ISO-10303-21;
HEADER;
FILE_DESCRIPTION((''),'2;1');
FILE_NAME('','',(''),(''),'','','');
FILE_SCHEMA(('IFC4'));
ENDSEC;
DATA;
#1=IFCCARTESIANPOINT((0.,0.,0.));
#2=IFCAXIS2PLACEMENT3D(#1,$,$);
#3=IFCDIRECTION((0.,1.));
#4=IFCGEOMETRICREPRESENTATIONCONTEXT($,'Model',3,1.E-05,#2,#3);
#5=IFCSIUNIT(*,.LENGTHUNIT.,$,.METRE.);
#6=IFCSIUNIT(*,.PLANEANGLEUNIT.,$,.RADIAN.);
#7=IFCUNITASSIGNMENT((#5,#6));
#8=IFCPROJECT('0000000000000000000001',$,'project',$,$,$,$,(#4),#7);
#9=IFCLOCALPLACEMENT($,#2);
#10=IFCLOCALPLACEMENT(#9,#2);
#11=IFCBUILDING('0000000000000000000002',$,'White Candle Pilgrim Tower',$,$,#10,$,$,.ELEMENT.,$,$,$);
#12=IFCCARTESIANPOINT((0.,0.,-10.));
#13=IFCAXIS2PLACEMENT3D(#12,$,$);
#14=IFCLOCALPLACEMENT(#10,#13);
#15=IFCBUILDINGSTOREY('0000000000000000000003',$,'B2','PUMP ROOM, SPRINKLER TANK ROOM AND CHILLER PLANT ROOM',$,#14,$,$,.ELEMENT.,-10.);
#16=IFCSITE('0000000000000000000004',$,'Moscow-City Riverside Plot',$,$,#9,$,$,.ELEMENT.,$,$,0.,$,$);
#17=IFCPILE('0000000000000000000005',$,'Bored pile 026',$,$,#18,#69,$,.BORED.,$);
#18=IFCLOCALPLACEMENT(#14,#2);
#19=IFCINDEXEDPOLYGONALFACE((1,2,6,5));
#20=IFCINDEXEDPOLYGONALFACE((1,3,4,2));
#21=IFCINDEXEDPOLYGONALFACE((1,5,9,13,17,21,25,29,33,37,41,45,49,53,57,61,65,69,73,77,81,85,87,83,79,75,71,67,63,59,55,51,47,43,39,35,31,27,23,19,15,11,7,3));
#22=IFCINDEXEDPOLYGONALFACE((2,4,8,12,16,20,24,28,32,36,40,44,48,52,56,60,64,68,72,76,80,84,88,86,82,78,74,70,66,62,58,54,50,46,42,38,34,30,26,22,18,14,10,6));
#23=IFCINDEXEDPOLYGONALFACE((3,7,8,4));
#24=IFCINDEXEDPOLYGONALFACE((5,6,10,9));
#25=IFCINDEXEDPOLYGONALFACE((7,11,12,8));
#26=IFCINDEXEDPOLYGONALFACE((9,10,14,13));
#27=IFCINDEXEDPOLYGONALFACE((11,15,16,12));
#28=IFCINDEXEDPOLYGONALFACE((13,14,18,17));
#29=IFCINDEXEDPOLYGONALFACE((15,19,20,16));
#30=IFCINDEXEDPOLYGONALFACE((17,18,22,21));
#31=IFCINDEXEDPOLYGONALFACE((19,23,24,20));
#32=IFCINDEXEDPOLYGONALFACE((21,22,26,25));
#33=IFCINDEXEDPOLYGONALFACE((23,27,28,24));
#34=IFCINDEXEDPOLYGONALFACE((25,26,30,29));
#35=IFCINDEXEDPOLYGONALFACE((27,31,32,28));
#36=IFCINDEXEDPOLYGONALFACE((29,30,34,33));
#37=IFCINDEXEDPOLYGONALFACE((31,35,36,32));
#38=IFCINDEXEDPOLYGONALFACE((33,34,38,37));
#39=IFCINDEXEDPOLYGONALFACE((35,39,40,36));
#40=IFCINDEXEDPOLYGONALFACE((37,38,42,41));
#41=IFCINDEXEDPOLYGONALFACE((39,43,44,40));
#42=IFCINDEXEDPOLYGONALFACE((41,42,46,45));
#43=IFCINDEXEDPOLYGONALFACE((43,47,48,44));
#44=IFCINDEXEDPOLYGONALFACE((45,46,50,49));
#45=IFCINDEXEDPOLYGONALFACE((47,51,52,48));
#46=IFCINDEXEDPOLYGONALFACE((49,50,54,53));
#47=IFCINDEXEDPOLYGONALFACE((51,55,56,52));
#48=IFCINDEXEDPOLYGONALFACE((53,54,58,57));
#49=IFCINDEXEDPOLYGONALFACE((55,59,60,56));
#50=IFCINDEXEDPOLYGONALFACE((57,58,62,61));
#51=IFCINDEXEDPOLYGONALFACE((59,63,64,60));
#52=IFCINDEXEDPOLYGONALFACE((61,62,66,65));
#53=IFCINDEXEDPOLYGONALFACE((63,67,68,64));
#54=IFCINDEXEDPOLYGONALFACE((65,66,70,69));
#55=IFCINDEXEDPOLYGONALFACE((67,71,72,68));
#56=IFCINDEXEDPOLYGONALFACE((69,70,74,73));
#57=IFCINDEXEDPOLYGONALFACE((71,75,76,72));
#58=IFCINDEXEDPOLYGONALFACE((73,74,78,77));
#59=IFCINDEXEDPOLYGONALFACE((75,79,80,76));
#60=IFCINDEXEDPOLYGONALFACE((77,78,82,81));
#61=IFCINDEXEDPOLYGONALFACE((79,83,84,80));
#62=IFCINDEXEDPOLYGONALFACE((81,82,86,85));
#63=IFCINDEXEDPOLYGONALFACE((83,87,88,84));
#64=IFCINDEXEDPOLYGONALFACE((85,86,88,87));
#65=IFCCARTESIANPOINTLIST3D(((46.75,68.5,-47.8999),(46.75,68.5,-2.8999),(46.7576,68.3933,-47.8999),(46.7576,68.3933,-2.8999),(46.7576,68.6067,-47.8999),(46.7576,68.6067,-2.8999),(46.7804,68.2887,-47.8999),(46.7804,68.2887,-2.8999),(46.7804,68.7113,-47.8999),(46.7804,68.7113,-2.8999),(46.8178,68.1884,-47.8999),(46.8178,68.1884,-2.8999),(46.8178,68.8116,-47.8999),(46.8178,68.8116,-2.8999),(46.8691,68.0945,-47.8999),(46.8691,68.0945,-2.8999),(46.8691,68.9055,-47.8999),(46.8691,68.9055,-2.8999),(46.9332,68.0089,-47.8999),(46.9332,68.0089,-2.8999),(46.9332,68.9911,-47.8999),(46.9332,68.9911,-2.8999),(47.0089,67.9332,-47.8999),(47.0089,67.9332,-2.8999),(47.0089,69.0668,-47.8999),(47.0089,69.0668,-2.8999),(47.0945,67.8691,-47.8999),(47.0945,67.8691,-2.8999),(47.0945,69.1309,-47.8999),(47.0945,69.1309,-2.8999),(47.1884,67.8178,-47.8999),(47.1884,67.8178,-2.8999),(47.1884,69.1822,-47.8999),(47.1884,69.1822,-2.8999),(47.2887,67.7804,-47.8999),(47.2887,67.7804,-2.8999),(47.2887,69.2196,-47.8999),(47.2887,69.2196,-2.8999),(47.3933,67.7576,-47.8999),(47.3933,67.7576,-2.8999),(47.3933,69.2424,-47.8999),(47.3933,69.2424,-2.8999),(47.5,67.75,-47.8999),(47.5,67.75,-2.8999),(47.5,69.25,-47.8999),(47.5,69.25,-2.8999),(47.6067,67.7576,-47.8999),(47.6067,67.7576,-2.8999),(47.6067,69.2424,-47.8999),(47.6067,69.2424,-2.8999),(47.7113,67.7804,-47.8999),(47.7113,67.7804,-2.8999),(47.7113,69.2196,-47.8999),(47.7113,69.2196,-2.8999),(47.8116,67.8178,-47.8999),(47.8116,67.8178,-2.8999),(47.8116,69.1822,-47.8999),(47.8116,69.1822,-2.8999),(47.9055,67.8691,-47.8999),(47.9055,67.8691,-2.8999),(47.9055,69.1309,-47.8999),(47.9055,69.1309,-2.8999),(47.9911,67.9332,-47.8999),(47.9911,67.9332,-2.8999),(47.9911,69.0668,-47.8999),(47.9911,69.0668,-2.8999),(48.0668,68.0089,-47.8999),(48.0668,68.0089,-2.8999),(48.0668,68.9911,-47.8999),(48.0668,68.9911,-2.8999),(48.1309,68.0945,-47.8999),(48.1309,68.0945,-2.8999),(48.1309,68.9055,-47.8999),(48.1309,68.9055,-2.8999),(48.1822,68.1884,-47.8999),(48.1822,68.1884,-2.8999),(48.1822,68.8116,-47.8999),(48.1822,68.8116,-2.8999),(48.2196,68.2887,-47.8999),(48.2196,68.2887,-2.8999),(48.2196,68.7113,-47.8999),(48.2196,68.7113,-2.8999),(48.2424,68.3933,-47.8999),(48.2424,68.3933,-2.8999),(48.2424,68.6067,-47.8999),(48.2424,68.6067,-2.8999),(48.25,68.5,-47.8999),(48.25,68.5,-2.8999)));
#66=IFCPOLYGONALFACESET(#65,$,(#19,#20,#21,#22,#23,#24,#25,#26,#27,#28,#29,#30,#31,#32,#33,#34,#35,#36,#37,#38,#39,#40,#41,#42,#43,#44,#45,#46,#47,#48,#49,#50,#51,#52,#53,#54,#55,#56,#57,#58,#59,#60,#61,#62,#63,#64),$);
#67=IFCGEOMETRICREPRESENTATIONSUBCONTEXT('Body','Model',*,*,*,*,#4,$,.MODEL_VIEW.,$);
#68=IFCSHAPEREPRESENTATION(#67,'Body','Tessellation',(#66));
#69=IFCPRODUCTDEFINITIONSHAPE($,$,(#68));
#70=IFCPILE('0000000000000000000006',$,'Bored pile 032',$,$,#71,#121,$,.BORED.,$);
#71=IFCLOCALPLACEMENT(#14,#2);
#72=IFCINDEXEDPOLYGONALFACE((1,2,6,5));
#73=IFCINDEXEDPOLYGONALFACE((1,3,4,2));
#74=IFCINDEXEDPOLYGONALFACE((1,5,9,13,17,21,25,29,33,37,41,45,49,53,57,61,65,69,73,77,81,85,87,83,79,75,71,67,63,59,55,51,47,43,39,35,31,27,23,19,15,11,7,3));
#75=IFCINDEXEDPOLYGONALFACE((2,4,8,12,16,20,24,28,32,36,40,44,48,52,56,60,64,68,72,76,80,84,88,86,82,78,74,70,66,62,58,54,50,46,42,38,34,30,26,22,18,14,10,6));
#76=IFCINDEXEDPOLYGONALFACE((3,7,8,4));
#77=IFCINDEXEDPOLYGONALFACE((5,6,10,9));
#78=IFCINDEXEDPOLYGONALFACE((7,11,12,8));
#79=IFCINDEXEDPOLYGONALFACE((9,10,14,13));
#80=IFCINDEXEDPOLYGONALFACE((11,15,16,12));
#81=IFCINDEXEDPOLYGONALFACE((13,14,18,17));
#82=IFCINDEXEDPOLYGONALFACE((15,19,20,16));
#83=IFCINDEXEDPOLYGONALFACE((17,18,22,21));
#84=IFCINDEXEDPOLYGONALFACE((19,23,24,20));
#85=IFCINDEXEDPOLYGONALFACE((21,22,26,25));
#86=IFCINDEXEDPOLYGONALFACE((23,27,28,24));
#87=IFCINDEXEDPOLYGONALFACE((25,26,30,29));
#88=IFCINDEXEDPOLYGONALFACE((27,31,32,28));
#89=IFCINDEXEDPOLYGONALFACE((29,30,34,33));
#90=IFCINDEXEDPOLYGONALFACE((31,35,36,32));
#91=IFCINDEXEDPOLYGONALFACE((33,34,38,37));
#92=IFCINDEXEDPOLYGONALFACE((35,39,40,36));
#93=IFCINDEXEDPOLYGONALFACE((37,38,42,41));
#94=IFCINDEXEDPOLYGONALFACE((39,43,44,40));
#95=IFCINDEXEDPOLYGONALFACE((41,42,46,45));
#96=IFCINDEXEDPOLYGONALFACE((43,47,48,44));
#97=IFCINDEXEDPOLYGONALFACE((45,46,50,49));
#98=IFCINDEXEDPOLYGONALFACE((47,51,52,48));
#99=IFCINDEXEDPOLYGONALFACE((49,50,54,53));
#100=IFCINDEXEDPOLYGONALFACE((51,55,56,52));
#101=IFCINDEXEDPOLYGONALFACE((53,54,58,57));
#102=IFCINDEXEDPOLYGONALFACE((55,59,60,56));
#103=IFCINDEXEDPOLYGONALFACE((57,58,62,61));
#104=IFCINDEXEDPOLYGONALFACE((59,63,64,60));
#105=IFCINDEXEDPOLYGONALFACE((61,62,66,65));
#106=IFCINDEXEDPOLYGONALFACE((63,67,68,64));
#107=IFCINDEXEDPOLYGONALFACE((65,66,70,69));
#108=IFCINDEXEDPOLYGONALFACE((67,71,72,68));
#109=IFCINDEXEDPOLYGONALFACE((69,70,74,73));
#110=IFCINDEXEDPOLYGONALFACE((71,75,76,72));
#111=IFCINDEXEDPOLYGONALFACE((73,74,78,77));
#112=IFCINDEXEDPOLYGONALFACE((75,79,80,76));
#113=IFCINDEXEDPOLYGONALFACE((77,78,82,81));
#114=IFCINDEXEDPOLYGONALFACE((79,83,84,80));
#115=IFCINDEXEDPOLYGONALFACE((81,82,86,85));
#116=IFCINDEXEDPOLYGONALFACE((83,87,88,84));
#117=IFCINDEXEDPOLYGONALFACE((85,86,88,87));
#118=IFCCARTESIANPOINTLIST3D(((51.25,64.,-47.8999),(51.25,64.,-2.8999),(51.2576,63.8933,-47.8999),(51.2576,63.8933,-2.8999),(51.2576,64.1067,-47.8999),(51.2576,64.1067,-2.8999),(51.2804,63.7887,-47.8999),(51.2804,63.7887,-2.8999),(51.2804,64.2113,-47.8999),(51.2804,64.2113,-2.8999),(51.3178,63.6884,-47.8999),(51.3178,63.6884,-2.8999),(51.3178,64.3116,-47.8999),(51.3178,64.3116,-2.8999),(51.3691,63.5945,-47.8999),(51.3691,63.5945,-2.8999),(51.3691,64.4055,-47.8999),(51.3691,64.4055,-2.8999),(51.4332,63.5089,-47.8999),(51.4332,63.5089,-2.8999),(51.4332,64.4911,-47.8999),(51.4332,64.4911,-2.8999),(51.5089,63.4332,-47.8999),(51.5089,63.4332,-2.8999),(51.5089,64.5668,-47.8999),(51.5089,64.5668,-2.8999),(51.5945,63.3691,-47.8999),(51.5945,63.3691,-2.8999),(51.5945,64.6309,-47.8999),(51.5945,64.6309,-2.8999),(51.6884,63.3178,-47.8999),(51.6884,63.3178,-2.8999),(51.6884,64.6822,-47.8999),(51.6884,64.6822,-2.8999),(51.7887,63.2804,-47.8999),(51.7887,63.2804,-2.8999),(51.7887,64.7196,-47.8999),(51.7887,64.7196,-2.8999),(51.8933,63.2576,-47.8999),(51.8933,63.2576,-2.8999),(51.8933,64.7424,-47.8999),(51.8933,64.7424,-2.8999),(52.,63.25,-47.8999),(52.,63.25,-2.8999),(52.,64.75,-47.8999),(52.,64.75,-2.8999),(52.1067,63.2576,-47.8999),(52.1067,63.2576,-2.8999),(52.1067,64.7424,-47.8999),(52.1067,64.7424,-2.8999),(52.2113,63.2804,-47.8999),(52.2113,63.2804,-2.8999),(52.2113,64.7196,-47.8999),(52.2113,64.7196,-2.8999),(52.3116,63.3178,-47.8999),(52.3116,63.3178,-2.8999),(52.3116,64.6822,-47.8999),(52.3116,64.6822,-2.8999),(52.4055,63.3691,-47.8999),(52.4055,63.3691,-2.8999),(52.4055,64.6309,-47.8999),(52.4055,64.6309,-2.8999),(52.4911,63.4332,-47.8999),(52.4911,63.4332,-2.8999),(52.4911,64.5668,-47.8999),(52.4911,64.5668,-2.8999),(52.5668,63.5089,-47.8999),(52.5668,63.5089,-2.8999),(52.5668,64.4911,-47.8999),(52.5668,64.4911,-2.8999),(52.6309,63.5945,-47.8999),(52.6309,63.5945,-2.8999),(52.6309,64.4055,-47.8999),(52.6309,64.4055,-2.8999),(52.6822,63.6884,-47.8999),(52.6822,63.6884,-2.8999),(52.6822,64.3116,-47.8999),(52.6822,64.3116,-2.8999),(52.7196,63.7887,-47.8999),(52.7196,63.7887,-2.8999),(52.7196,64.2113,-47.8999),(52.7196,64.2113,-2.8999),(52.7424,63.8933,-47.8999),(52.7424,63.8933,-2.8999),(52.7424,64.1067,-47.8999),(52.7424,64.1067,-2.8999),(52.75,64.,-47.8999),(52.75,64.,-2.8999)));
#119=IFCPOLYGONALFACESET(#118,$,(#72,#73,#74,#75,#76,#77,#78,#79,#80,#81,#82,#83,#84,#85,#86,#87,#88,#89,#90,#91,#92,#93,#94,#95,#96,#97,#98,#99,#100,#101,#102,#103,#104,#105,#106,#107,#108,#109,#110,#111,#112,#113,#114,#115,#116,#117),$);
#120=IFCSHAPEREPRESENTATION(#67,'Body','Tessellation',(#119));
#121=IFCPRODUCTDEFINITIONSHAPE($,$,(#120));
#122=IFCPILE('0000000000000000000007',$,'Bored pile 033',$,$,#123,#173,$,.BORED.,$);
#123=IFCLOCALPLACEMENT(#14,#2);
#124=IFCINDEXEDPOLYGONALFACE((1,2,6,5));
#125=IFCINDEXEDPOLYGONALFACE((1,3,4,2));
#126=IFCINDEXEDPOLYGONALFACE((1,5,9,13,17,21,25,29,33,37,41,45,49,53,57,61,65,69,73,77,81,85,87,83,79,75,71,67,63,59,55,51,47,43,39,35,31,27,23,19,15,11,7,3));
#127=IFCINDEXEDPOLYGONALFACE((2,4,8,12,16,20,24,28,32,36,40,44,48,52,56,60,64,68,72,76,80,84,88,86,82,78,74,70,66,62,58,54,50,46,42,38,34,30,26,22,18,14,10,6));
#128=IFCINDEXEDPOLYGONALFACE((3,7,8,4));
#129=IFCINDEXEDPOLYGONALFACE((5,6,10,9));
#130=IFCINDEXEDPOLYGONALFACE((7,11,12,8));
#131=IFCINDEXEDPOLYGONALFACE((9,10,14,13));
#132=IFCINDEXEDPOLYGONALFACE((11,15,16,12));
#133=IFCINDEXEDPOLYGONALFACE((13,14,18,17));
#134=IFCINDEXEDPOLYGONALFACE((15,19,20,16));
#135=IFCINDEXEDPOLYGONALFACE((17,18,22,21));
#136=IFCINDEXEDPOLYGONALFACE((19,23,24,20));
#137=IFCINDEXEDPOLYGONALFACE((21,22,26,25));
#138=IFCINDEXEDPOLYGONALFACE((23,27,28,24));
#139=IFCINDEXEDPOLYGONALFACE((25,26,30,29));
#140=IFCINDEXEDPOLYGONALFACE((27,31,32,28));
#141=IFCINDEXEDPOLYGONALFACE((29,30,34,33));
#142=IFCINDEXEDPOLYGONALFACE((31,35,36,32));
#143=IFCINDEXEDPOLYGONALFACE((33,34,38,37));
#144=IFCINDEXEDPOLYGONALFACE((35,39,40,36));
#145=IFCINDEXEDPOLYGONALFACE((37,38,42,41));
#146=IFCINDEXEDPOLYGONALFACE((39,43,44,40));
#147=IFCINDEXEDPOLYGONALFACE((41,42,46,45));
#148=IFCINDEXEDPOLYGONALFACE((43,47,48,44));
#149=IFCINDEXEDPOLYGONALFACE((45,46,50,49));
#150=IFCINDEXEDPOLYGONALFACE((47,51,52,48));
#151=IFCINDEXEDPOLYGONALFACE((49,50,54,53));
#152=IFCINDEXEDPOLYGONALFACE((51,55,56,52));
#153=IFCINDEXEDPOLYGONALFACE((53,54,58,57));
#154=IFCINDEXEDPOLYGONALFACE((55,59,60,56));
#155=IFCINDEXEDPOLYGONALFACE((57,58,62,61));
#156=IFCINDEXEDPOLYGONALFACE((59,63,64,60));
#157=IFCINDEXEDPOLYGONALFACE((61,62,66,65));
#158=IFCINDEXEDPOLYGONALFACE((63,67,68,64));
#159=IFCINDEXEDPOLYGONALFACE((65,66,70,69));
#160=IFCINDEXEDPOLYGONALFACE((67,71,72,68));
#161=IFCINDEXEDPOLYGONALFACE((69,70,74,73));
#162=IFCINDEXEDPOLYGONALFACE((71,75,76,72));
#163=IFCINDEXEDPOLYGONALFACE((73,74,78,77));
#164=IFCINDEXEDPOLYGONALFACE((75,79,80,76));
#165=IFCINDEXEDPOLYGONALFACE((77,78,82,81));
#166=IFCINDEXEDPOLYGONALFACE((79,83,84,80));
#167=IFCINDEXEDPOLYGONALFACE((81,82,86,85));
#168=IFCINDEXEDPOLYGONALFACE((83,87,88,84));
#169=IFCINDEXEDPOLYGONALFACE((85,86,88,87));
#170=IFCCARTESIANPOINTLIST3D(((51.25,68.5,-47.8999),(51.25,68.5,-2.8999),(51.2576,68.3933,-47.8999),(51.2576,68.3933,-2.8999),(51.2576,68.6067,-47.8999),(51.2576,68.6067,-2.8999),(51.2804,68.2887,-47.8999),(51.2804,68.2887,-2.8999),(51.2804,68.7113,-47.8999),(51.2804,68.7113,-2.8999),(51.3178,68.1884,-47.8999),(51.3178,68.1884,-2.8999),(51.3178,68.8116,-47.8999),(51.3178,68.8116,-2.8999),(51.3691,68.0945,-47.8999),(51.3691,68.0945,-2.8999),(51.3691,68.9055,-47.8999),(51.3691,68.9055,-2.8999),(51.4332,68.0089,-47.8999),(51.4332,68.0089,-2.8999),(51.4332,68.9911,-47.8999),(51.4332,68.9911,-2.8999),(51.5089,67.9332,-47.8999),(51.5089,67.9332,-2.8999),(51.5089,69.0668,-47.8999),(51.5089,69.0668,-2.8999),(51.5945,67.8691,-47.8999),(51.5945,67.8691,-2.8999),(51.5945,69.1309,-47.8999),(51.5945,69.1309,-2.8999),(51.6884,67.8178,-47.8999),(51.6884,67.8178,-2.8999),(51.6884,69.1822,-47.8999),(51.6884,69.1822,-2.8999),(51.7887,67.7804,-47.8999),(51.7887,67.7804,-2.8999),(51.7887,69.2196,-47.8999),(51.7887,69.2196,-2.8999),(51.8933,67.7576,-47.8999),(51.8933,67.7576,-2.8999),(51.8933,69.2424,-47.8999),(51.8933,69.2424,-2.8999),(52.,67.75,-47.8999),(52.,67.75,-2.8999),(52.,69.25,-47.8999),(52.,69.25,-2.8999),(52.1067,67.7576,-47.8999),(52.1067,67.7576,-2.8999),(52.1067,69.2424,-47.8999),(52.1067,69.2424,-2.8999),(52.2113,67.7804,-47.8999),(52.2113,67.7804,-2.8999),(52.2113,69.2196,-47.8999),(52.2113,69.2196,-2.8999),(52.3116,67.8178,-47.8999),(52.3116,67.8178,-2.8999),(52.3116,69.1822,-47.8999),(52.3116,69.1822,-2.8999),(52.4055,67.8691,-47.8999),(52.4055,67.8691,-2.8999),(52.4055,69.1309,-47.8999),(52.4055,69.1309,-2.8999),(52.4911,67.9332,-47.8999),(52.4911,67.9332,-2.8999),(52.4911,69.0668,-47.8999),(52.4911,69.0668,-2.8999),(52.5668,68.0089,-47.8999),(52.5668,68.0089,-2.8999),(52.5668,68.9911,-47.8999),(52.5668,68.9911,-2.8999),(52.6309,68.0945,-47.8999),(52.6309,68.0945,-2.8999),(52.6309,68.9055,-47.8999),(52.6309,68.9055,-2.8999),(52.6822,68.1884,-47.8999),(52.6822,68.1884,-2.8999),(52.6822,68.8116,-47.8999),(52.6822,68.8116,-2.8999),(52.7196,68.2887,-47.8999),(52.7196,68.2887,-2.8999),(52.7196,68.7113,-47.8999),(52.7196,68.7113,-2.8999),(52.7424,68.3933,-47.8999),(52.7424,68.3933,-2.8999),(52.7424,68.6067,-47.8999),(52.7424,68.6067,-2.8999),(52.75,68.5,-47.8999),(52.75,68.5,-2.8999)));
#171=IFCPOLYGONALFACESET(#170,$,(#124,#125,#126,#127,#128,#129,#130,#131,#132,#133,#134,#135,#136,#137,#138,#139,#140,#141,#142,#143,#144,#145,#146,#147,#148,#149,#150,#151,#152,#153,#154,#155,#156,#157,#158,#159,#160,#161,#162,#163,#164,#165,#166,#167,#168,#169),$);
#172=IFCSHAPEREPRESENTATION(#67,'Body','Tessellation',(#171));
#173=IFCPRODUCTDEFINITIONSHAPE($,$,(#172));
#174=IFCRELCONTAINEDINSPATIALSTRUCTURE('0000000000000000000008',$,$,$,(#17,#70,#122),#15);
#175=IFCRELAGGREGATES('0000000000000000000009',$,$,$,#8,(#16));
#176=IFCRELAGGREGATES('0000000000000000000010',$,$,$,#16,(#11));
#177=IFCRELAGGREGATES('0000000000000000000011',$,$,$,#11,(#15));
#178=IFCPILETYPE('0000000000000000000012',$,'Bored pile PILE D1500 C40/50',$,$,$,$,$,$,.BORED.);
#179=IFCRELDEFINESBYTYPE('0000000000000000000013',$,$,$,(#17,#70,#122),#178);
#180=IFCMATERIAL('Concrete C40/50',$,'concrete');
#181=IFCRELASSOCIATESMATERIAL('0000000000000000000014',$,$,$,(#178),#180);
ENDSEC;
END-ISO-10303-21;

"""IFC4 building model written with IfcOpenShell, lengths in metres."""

from ifc_helpers import new_model, si_unit, direction, frame, origin, origin_2d, place, context, subcontext, project, spatial, circle, extrude, material, material_profile, profile_set, type_object, element, save


model = new_model("IFC4")

# Units and contexts
model_context = context("Model", 3, precision=1e-05, world=origin(), true_north=direction((0.0, 1.0)))
body_context = subcontext(model_context, "Body", "Model", "MODEL_VIEW")
ifc_project = project(units=[si_unit("LENGTHUNIT", "METRE"), si_unit("PLANEANGLEUNIT", "RADIAN")], contexts=[model_context])

# Site, building, storey
site_placement = place(None, origin())
site = spatial("IfcSite", under=ifc_project, at=site_placement, Name="Moscow-City Riverside Plot", CompositionType="ELEMENT", RefElevation=0.0)
building_placement = place(site_placement, origin())
building = spatial("IfcBuilding", under=site, at=building_placement, Name="White Candle Pilgrim Tower", CompositionType="ELEMENT")
storey_placement = place(building_placement, frame((0.0, 0.0, -10.0)))
storey = spatial("IfcBuildingStorey", under=building, at=storey_placement, Name="B2", Description="PUMP ROOM, SPRINKLER TANK ROOM AND CHILLER PLANT ROOM", CompositionType="ELEMENT", Elevation=-10.0)

# Piles
ifc_material_1 = material(Name="Concrete C40/50", Category="concrete")
ifc_material_profile_1 = material_profile(ifc_material_1, circle(Radius=0.75, at=origin_2d()), Name="PILE D1500")
ifc_profile_set_1 = profile_set([ifc_material_profile_1], Name="Concrete C40/50")
pile_type_1 = type_object("IfcPileType", Name="Bored pile PILE D1500 C40/50", PredefinedType="BORED", material=ifc_profile_set_1)
for number, where, z_axis, x_axis, name in (
    (1, (47.5, 68.5, -2.8999), (0.0, 0.0, -1.0), (1.0, 0.0, 0.0), "Bored pile 026"),
    (2, (52.0, 64.0, -2.8999), (0.0, 0.0, -1.0), (1.0, 0.0, 0.0), "Bored pile 032"),
    (3, (52.0, 68.5, -2.8999), (0.0, 0.0, -1.0), (1.0, 0.0, 0.0), "Bored pile 033"),
):
    element("IfcPile", number, at=place(storey_placement, frame(where, z_axis=z_axis, x_axis=x_axis)), inside=storey, type_object=pile_type_1, Name=name, PredefinedType="BORED", context=body_context, shape_type="SweptSolid", body=[
        extrude(circle(Radius=0.75, at=origin_2d()), origin(), (0.0, 0.0, 1.0), 45.0),
    ])

save(model, "model.ifc")
